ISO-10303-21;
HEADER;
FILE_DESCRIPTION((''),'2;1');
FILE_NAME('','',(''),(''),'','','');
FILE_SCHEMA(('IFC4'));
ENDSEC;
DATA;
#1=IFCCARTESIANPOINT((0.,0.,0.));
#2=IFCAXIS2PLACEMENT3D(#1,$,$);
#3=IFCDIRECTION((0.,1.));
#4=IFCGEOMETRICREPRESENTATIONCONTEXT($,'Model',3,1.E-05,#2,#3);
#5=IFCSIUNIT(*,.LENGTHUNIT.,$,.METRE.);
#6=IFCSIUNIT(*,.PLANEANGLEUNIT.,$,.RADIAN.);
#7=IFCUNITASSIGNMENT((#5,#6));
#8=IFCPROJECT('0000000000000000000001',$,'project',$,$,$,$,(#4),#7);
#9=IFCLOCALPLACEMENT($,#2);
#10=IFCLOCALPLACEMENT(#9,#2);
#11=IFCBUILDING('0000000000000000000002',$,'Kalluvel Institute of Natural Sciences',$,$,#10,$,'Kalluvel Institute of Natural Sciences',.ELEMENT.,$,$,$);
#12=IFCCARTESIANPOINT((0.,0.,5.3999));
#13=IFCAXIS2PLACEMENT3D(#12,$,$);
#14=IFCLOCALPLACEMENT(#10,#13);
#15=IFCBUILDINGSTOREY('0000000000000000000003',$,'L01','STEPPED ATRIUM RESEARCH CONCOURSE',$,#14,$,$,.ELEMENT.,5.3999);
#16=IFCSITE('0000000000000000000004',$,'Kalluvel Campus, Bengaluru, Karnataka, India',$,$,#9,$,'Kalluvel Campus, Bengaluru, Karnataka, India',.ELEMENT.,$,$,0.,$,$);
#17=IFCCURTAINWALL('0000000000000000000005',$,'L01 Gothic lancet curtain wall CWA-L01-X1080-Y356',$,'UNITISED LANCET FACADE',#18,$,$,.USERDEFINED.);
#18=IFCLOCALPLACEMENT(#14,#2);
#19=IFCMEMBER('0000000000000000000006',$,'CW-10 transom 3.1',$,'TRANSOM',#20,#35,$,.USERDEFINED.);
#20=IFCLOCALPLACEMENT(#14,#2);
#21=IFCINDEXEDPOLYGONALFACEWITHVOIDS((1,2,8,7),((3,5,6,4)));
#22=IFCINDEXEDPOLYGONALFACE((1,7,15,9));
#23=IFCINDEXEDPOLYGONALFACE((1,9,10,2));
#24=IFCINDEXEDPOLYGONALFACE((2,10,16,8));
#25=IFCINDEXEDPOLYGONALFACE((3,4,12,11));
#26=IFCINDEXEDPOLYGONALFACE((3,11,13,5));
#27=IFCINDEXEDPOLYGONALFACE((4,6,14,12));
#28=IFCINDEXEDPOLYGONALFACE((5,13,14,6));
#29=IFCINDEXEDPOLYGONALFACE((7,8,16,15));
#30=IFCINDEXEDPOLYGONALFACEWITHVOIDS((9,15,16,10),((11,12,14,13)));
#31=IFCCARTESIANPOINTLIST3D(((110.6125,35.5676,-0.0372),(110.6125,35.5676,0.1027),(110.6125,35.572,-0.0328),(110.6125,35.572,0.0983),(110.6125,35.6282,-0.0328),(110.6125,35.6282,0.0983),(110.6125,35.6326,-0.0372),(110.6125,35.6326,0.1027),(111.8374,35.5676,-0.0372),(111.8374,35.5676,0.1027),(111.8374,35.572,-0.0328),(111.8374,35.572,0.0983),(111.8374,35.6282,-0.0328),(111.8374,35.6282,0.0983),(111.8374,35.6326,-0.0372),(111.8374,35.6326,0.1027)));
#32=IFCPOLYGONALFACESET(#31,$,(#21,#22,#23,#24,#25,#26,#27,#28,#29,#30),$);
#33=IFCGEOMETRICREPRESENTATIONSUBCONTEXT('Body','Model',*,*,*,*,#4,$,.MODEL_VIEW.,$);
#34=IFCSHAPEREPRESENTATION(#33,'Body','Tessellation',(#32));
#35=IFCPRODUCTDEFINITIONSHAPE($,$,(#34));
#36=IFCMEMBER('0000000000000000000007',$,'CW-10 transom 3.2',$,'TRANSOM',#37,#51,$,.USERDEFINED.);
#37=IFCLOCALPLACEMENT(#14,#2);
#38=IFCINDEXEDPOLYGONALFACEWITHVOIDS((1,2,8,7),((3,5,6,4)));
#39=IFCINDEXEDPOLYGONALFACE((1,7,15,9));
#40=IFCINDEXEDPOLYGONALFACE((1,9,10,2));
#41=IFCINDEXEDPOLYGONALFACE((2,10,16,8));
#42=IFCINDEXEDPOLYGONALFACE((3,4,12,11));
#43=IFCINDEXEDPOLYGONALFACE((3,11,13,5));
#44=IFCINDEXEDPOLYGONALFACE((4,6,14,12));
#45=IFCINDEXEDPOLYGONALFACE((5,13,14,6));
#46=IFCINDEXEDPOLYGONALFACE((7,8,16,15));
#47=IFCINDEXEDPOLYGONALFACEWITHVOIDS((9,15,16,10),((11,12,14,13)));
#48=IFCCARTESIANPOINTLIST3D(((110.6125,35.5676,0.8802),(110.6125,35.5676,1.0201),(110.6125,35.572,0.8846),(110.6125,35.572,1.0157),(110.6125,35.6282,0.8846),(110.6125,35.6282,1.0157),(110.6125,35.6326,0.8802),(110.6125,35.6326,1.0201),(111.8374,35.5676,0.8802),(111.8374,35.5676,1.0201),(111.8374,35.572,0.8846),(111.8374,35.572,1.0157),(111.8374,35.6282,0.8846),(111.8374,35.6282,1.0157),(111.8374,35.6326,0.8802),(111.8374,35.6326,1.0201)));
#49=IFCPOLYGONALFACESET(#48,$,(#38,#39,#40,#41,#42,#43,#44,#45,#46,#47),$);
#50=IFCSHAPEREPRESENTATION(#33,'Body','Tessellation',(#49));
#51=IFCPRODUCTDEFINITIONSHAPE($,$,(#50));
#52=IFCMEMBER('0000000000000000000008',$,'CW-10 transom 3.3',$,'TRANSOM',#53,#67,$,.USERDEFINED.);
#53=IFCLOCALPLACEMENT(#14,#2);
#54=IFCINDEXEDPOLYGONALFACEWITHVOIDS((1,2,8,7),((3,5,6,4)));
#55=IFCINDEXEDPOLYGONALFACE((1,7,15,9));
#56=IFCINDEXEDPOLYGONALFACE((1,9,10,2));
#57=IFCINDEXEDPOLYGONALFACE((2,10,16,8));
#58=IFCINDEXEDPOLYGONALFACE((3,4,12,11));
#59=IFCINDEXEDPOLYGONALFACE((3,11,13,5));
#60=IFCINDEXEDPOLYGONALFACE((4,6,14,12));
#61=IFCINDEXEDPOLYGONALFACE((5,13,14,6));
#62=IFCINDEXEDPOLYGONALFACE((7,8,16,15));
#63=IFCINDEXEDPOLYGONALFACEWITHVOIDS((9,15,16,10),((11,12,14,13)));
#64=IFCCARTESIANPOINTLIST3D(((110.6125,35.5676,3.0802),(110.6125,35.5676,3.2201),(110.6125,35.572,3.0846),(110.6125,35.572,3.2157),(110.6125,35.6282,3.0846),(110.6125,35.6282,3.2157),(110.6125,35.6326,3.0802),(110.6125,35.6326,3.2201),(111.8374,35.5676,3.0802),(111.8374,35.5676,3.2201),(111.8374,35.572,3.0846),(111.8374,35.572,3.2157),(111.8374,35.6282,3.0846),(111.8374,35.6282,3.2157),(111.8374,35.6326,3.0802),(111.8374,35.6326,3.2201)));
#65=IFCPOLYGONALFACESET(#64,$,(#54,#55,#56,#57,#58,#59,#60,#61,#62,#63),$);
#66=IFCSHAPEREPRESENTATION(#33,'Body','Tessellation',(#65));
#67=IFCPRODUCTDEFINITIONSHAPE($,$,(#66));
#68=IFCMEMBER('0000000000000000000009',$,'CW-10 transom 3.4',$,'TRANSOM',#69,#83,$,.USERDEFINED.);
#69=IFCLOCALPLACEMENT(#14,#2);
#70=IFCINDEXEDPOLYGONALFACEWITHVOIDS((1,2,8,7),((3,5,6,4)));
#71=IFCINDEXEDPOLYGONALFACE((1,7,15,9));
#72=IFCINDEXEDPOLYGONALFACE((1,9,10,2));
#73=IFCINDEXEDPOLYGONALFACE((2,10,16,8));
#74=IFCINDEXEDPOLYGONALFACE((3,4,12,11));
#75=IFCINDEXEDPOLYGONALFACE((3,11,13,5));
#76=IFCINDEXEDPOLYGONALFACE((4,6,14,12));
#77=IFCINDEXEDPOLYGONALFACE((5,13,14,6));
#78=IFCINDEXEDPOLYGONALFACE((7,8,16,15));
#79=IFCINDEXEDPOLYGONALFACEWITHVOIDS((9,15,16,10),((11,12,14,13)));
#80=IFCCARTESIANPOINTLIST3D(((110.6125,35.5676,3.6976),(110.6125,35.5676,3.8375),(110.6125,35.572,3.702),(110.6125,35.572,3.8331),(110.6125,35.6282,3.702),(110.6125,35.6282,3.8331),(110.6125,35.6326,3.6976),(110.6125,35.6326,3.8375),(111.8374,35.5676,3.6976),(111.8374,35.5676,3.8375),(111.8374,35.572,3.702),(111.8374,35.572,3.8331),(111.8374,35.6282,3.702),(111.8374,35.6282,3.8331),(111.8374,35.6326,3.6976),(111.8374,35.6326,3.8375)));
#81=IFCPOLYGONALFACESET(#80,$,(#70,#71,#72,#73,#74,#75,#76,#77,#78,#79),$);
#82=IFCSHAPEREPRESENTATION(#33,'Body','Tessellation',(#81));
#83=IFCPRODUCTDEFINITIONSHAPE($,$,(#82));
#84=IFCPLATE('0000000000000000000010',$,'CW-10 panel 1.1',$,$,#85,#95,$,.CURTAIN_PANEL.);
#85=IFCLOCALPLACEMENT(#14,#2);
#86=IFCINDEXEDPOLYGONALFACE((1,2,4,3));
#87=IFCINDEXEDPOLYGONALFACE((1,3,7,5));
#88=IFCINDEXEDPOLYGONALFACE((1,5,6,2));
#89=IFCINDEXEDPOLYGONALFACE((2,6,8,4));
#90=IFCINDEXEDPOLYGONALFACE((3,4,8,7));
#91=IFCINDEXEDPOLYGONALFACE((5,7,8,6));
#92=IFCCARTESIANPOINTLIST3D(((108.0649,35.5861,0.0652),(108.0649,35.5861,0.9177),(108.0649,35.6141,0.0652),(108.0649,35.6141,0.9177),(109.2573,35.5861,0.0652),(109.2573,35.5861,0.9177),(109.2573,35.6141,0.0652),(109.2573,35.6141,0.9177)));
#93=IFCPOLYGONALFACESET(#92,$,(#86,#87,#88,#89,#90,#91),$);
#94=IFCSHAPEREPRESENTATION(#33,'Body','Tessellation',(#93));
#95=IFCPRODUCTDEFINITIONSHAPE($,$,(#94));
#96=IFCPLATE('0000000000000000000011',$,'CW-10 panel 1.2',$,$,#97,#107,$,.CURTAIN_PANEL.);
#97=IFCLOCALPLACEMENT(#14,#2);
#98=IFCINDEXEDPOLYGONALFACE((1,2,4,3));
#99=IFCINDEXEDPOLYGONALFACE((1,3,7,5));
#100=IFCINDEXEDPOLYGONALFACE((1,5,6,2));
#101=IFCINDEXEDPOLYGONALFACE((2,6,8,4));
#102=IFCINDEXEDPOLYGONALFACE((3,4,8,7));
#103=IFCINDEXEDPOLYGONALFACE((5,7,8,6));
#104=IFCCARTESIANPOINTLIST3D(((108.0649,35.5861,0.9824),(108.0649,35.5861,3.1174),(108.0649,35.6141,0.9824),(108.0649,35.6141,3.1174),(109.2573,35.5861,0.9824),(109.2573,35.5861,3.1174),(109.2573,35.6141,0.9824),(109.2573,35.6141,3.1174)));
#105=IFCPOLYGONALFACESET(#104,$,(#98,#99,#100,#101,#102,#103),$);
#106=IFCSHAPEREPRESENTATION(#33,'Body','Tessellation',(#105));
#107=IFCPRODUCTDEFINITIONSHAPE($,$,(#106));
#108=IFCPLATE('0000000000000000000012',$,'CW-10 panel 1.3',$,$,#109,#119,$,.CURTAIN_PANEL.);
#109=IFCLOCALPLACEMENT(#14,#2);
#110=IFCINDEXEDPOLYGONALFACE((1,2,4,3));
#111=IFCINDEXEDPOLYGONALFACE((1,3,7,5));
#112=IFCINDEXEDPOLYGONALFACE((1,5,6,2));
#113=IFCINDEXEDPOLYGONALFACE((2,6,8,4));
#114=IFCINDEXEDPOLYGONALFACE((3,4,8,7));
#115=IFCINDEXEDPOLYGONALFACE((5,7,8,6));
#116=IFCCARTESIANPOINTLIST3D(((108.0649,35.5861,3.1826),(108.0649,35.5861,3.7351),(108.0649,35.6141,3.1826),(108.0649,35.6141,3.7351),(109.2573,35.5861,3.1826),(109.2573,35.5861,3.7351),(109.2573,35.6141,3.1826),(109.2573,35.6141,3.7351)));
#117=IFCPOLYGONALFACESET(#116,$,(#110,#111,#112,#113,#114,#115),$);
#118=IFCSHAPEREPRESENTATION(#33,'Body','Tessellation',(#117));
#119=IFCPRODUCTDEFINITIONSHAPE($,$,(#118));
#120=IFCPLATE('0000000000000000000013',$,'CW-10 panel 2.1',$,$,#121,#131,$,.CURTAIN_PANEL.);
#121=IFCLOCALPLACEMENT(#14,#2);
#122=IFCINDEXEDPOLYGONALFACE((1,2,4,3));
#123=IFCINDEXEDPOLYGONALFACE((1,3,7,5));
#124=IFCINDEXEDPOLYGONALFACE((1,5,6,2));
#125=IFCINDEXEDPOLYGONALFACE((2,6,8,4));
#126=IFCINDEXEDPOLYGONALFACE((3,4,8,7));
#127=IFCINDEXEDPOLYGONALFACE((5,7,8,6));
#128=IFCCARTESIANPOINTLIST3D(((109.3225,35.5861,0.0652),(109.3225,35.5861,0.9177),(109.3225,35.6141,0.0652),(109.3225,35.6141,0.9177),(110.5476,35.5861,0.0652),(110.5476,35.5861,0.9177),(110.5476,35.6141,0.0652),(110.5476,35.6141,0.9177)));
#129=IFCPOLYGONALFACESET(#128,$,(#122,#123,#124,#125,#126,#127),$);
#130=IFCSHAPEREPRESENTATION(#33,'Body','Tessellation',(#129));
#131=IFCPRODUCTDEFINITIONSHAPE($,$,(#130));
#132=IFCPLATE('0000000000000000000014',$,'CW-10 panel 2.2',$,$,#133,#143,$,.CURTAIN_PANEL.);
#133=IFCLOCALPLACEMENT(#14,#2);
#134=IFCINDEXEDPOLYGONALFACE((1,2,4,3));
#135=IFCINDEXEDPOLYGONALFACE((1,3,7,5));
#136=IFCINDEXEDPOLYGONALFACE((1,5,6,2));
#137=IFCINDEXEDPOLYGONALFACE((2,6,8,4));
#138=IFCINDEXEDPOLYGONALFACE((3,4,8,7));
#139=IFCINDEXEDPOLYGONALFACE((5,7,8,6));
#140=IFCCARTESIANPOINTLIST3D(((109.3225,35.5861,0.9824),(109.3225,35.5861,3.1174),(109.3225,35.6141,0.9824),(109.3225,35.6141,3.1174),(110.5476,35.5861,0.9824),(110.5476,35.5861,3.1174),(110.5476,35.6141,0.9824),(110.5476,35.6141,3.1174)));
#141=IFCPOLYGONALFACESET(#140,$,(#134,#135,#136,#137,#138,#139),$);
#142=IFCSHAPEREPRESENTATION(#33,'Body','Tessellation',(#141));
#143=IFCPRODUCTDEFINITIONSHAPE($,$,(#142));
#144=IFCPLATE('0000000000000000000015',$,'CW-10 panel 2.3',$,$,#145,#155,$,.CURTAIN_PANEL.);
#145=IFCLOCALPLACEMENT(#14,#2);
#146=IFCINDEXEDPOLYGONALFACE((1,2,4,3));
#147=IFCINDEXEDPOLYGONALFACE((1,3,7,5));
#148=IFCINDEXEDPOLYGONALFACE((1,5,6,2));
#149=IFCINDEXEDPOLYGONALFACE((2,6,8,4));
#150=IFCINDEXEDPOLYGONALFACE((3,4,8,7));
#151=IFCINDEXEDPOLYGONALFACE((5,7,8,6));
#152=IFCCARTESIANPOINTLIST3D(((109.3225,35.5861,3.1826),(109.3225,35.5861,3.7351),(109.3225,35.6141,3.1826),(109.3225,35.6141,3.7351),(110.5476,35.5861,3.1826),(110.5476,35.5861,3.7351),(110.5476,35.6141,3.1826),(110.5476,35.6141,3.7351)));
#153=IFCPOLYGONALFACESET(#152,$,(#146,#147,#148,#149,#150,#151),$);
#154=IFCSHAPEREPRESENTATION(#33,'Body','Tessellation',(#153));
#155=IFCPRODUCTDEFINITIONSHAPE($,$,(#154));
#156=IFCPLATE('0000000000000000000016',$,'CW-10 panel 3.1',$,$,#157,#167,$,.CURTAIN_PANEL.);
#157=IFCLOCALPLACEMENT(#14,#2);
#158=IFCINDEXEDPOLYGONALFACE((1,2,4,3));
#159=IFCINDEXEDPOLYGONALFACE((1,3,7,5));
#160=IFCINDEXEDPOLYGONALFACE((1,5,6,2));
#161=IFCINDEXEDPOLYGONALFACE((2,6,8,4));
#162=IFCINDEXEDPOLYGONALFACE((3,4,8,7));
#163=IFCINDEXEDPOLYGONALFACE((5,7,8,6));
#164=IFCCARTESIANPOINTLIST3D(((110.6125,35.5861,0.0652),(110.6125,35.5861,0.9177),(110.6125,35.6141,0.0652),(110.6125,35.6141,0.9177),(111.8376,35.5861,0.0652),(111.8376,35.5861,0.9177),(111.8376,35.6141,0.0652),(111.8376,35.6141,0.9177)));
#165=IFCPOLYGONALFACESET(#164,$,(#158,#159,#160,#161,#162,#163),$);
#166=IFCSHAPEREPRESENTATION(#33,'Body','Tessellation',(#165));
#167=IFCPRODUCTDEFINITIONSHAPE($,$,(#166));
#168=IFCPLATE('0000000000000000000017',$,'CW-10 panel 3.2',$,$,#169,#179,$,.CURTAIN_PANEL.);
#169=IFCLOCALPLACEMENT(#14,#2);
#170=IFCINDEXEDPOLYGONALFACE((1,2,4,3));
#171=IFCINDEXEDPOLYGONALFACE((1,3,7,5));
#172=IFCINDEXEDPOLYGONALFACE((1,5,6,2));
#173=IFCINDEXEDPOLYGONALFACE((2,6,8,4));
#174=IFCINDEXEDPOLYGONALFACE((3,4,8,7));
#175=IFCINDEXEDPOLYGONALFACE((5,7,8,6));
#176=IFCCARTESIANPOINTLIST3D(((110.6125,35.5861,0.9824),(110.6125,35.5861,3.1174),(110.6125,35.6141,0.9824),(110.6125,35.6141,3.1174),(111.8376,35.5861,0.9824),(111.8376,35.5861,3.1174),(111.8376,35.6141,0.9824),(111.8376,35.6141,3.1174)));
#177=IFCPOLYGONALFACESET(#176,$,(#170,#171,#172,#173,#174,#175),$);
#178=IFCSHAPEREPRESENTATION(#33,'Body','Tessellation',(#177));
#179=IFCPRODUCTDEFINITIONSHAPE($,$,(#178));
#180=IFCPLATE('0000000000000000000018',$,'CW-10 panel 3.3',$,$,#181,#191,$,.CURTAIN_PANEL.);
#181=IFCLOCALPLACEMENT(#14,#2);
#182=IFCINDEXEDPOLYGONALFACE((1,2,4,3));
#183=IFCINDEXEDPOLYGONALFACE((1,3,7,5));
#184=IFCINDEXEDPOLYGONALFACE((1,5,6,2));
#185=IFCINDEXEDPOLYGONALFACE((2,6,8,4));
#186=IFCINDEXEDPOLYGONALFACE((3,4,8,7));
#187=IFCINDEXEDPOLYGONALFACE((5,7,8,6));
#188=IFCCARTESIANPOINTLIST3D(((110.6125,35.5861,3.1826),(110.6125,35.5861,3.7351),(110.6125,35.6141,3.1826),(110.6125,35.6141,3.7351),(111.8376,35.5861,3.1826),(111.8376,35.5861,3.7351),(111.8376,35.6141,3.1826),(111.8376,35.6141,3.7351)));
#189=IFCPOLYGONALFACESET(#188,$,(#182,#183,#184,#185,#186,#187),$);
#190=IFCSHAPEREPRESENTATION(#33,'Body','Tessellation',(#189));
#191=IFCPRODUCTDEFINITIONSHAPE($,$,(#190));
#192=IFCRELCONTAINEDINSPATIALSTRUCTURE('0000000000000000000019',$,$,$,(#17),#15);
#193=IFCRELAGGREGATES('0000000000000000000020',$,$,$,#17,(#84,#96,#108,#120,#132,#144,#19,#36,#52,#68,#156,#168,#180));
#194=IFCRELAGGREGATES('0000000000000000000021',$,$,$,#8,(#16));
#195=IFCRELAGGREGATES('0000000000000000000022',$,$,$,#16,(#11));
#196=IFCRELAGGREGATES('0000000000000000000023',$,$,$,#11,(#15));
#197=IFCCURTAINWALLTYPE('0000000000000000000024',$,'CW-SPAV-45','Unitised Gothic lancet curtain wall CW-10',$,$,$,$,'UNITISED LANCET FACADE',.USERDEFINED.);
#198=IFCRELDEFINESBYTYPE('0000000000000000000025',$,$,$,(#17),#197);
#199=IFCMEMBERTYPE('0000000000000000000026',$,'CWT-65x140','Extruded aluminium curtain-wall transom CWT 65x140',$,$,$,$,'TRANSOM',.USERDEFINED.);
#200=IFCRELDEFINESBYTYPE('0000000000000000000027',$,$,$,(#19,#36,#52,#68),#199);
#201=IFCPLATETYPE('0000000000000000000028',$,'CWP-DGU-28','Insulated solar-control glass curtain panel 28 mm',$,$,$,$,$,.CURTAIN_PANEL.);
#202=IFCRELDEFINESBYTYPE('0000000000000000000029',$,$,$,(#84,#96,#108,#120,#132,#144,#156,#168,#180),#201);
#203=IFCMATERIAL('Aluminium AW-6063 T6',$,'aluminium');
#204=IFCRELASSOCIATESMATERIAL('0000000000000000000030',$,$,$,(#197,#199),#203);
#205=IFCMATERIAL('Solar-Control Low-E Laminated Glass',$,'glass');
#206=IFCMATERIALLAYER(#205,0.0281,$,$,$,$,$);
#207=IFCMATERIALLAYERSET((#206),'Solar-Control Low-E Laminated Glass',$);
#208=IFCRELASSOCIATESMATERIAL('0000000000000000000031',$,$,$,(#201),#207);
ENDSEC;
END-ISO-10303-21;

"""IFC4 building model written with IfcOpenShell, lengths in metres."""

from ifc_helpers import new_model, si_unit, direction, frame, origin, origin_2d, place, context, subcontext, project, spatial, rectangle, hollow_rectangle, extrude, material, layer, layer_set, material_profile, profile_set, type_object, element, aggregate, save


model = new_model("IFC4")

# Units and contexts
model_context = context("Model", 3, precision=1e-05, world=origin(), true_north=direction((0.0, 1.0)))
body_context = subcontext(model_context, "Body", "Model", "MODEL_VIEW")
ifc_project = project(units=[si_unit("LENGTHUNIT", "METRE"), si_unit("PLANEANGLEUNIT", "RADIAN")], contexts=[model_context])

# Site, building, storey
site_placement = place(None, origin())
site = spatial("IfcSite", under=ifc_project, at=site_placement, Name="Kalluvel Campus, Bengaluru, Karnataka, India", LongName="Kalluvel Campus, Bengaluru, Karnataka, India", CompositionType="ELEMENT", RefElevation=0.0)
building_placement = place(site_placement, origin())
building = spatial("IfcBuilding", under=site, at=building_placement, Name="Kalluvel Institute of Natural Sciences", LongName="Kalluvel Institute of Natural Sciences", CompositionType="ELEMENT")
storey_placement = place(building_placement, frame((0.0, 0.0, 5.3999)))
storey = spatial("IfcBuildingStorey", under=building, at=storey_placement, Name="L01", Description="STEPPED ATRIUM RESEARCH CONCOURSE", CompositionType="ELEMENT", Elevation=5.3999)

# Curtain wall, members, plates
ifc_material_1 = material(Name="Aluminium AW-6063 T6", Category="aluminium")
curtain_wall_type = type_object("IfcCurtainWallType", Name="CW-SPAV-45", Description="Unitised Gothic lancet curtain wall CW-10", ElementType="UNITISED LANCET FACADE", PredefinedType="USERDEFINED", material=ifc_material_1)
curtain_wall_placement = place(storey_placement, origin())
curtain_wall = element("IfcCurtainWall", 1, at=curtain_wall_placement, inside=storey, type_object=curtain_wall_type, Name="L01 Gothic lancet curtain wall CWA-L01-X1080-Y356", ObjectType="UNITISED LANCET FACADE", PredefinedType="USERDEFINED")
ifc_material_profile_1 = material_profile(ifc_material_1, hollow_rectangle(XDim=0.0649, YDim=0.1399, WallThickness=0.0044, at=origin_2d()), Name="CWT 65x140")
ifc_profile_set_1 = profile_set([ifc_material_profile_1], Name="Aluminium AW-6063 T6")
member_type_1 = type_object("IfcMemberType", Name="CWT-65x140", Description="Extruded aluminium curtain-wall transom CWT 65x140", ElementType="TRANSOM", PredefinedType="USERDEFINED", material=ifc_profile_set_1)
member_1_placement = place(storey_placement, frame((110.6125, 35.6001, 0.0327), z_axis=(1.0, 0.0, 0.0), x_axis=(0.0, 1.0, 0.0)))
member_1 = element("IfcMember", 2, at=member_1_placement, type_object=member_type_1, Name="CW-10 transom 3.1", ObjectType="TRANSOM", PredefinedType="USERDEFINED", context=body_context, shape_type="SweptSolid", body=[
    extrude(hollow_rectangle(XDim=0.0649, YDim=0.1399, WallThickness=0.0044, at=origin_2d()), origin(), (0.0, 0.0, 1.0), 1.2249),
])
member_2_placement = place(storey_placement, frame((110.6125, 35.6001, 0.9502), z_axis=(1.0, 0.0, 0.0), x_axis=(0.0, 1.0, 0.0)))
member_2 = element("IfcMember", 3, at=member_2_placement, type_object=member_type_1, Name="CW-10 transom 3.2", ObjectType="TRANSOM", PredefinedType="USERDEFINED", context=body_context, shape_type="SweptSolid", body=[
    extrude(hollow_rectangle(XDim=0.0649, YDim=0.1399, WallThickness=0.0044, at=origin_2d()), origin(), (0.0, 0.0, 1.0), 1.2249),
])
member_3_placement = place(storey_placement, frame((110.6125, 35.6001, 3.1501), z_axis=(1.0, 0.0, 0.0), x_axis=(0.0, 1.0, 0.0)))
member_3 = element("IfcMember", 4, at=member_3_placement, type_object=member_type_1, Name="CW-10 transom 3.3", ObjectType="TRANSOM", PredefinedType="USERDEFINED", context=body_context, shape_type="SweptSolid", body=[
    extrude(hollow_rectangle(XDim=0.0649, YDim=0.1399, WallThickness=0.0044, at=origin_2d()), origin(), (0.0, 0.0, 1.0), 1.2249),
])
member_4_placement = place(storey_placement, frame((110.6125, 35.6001, 3.7676), z_axis=(1.0, 0.0, 0.0), x_axis=(0.0, 1.0, 0.0)))
member_4 = element("IfcMember", 5, at=member_4_placement, type_object=member_type_1, Name="CW-10 transom 3.4", ObjectType="TRANSOM", PredefinedType="USERDEFINED", context=body_context, shape_type="SweptSolid", body=[
    extrude(hollow_rectangle(XDim=0.0649, YDim=0.1399, WallThickness=0.0044, at=origin_2d()), origin(), (0.0, 0.0, 1.0), 1.2249),
])
ifc_material_2 = material(Name="Solar-Control Low-E Laminated Glass", Category="glass")
ifc_layer = layer(ifc_material_2, 0.0281)
ifc_layer_set = layer_set([ifc_layer], Name="Solar-Control Low-E Laminated Glass")
plate_type = type_object("IfcPlateType", Name="CWP-DGU-28", Description="Insulated solar-control glass curtain panel 28 mm", PredefinedType="CURTAIN_PANEL", material=ifc_layer_set)
plate_1_placement = place(storey_placement, frame((108.6611, 35.6001, 0.0652), z_axis=(0.0, 0.0, 1.0), x_axis=(1.0, 0.0, 0.0)))
plate_1 = element("IfcPlate", 6, at=plate_1_placement, type_object=plate_type, Name="CW-10 panel 1.1", PredefinedType="CURTAIN_PANEL", context=body_context, shape_type="SweptSolid", body=[
    extrude(rectangle(XDim=1.1924, YDim=0.0281, at=origin_2d()), origin(), (0.0, 0.0, 1.0), 0.8525),
])
plate_2_placement = place(storey_placement, frame((108.6611, 35.6001, 0.9824), z_axis=(0.0, 0.0, 1.0), x_axis=(1.0, 0.0, 0.0)))
plate_2 = element("IfcPlate", 7, at=plate_2_placement, type_object=plate_type, Name="CW-10 panel 1.2", PredefinedType="CURTAIN_PANEL", context=body_context, shape_type="SweptSolid", body=[
    extrude(rectangle(XDim=1.1924, YDim=0.0281, at=origin_2d()), origin(), (0.0, 0.0, 1.0), 2.135),
])
plate_3_placement = place(storey_placement, frame((108.6611, 35.6001, 3.1826), z_axis=(0.0, 0.0, 1.0), x_axis=(1.0, 0.0, 0.0)))
plate_3 = element("IfcPlate", 8, at=plate_3_placement, type_object=plate_type, Name="CW-10 panel 1.3", PredefinedType="CURTAIN_PANEL", context=body_context, shape_type="SweptSolid", body=[
    extrude(rectangle(XDim=1.1924, YDim=0.0281, at=origin_2d()), origin(), (0.0, 0.0, 1.0), 0.5525),
])
plate_4_placement = place(storey_placement, frame((109.9351, 35.6001, 0.0652), z_axis=(0.0, 0.0, 1.0), x_axis=(1.0, 0.0, 0.0)))
plate_4 = element("IfcPlate", 9, at=plate_4_placement, type_object=plate_type, Name="CW-10 panel 2.1", PredefinedType="CURTAIN_PANEL", context=body_context, shape_type="SweptSolid", body=[
    extrude(rectangle(XDim=1.2251, YDim=0.0281, at=origin_2d()), origin(), (0.0, 0.0, 1.0), 0.8525),
])
plate_5_placement = place(storey_placement, frame((109.9351, 35.6001, 0.9824), z_axis=(0.0, 0.0, 1.0), x_axis=(1.0, 0.0, 0.0)))
plate_5 = element("IfcPlate", 10, at=plate_5_placement, type_object=plate_type, Name="CW-10 panel 2.2", PredefinedType="CURTAIN_PANEL", context=body_context, shape_type="SweptSolid", body=[
    extrude(rectangle(XDim=1.2251, YDim=0.0281, at=origin_2d()), origin(), (0.0, 0.0, 1.0), 2.135),
])
plate_6_placement = place(storey_placement, frame((109.9351, 35.6001, 3.1826), z_axis=(0.0, 0.0, 1.0), x_axis=(1.0, 0.0, 0.0)))
plate_6 = element("IfcPlate", 11, at=plate_6_placement, type_object=plate_type, Name="CW-10 panel 2.3", PredefinedType="CURTAIN_PANEL", context=body_context, shape_type="SweptSolid", body=[
    extrude(rectangle(XDim=1.2251, YDim=0.0281, at=origin_2d()), origin(), (0.0, 0.0, 1.0), 0.5525),
])
plate_7_placement = place(storey_placement, frame((111.2251, 35.6001, 0.0652), z_axis=(0.0, 0.0, 1.0), x_axis=(1.0, 0.0, 0.0)))
plate_7 = element("IfcPlate", 12, at=plate_7_placement, type_object=plate_type, Name="CW-10 panel 3.1", PredefinedType="CURTAIN_PANEL", context=body_context, shape_type="SweptSolid", body=[
    extrude(rectangle(XDim=1.2251, YDim=0.0281, at=origin_2d()), origin(), (0.0, 0.0, 1.0), 0.8525),
])
plate_8_placement = place(storey_placement, frame((111.2251, 35.6001, 0.9824), z_axis=(0.0, 0.0, 1.0), x_axis=(1.0, 0.0, 0.0)))
plate_8 = element("IfcPlate", 13, at=plate_8_placement, type_object=plate_type, Name="CW-10 panel 3.2", PredefinedType="CURTAIN_PANEL", context=body_context, shape_type="SweptSolid", body=[
    extrude(rectangle(XDim=1.2251, YDim=0.0281, at=origin_2d()), origin(), (0.0, 0.0, 1.0), 2.135),
])
plate_9_placement = place(storey_placement, frame((111.2251, 35.6001, 3.1826), z_axis=(0.0, 0.0, 1.0), x_axis=(1.0, 0.0, 0.0)))
plate_9 = element("IfcPlate", 14, at=plate_9_placement, type_object=plate_type, Name="CW-10 panel 3.3", PredefinedType="CURTAIN_PANEL", context=body_context, shape_type="SweptSolid", body=[
    extrude(rectangle(XDim=1.2251, YDim=0.0281, at=origin_2d()), origin(), (0.0, 0.0, 1.0), 0.5525),
])
aggregate(curtain_wall, [plate_1, plate_2, plate_3, plate_4, plate_5, plate_6, member_1, member_2, member_3, member_4, plate_7, plate_8, plate_9])

save(model, "model.ifc")
